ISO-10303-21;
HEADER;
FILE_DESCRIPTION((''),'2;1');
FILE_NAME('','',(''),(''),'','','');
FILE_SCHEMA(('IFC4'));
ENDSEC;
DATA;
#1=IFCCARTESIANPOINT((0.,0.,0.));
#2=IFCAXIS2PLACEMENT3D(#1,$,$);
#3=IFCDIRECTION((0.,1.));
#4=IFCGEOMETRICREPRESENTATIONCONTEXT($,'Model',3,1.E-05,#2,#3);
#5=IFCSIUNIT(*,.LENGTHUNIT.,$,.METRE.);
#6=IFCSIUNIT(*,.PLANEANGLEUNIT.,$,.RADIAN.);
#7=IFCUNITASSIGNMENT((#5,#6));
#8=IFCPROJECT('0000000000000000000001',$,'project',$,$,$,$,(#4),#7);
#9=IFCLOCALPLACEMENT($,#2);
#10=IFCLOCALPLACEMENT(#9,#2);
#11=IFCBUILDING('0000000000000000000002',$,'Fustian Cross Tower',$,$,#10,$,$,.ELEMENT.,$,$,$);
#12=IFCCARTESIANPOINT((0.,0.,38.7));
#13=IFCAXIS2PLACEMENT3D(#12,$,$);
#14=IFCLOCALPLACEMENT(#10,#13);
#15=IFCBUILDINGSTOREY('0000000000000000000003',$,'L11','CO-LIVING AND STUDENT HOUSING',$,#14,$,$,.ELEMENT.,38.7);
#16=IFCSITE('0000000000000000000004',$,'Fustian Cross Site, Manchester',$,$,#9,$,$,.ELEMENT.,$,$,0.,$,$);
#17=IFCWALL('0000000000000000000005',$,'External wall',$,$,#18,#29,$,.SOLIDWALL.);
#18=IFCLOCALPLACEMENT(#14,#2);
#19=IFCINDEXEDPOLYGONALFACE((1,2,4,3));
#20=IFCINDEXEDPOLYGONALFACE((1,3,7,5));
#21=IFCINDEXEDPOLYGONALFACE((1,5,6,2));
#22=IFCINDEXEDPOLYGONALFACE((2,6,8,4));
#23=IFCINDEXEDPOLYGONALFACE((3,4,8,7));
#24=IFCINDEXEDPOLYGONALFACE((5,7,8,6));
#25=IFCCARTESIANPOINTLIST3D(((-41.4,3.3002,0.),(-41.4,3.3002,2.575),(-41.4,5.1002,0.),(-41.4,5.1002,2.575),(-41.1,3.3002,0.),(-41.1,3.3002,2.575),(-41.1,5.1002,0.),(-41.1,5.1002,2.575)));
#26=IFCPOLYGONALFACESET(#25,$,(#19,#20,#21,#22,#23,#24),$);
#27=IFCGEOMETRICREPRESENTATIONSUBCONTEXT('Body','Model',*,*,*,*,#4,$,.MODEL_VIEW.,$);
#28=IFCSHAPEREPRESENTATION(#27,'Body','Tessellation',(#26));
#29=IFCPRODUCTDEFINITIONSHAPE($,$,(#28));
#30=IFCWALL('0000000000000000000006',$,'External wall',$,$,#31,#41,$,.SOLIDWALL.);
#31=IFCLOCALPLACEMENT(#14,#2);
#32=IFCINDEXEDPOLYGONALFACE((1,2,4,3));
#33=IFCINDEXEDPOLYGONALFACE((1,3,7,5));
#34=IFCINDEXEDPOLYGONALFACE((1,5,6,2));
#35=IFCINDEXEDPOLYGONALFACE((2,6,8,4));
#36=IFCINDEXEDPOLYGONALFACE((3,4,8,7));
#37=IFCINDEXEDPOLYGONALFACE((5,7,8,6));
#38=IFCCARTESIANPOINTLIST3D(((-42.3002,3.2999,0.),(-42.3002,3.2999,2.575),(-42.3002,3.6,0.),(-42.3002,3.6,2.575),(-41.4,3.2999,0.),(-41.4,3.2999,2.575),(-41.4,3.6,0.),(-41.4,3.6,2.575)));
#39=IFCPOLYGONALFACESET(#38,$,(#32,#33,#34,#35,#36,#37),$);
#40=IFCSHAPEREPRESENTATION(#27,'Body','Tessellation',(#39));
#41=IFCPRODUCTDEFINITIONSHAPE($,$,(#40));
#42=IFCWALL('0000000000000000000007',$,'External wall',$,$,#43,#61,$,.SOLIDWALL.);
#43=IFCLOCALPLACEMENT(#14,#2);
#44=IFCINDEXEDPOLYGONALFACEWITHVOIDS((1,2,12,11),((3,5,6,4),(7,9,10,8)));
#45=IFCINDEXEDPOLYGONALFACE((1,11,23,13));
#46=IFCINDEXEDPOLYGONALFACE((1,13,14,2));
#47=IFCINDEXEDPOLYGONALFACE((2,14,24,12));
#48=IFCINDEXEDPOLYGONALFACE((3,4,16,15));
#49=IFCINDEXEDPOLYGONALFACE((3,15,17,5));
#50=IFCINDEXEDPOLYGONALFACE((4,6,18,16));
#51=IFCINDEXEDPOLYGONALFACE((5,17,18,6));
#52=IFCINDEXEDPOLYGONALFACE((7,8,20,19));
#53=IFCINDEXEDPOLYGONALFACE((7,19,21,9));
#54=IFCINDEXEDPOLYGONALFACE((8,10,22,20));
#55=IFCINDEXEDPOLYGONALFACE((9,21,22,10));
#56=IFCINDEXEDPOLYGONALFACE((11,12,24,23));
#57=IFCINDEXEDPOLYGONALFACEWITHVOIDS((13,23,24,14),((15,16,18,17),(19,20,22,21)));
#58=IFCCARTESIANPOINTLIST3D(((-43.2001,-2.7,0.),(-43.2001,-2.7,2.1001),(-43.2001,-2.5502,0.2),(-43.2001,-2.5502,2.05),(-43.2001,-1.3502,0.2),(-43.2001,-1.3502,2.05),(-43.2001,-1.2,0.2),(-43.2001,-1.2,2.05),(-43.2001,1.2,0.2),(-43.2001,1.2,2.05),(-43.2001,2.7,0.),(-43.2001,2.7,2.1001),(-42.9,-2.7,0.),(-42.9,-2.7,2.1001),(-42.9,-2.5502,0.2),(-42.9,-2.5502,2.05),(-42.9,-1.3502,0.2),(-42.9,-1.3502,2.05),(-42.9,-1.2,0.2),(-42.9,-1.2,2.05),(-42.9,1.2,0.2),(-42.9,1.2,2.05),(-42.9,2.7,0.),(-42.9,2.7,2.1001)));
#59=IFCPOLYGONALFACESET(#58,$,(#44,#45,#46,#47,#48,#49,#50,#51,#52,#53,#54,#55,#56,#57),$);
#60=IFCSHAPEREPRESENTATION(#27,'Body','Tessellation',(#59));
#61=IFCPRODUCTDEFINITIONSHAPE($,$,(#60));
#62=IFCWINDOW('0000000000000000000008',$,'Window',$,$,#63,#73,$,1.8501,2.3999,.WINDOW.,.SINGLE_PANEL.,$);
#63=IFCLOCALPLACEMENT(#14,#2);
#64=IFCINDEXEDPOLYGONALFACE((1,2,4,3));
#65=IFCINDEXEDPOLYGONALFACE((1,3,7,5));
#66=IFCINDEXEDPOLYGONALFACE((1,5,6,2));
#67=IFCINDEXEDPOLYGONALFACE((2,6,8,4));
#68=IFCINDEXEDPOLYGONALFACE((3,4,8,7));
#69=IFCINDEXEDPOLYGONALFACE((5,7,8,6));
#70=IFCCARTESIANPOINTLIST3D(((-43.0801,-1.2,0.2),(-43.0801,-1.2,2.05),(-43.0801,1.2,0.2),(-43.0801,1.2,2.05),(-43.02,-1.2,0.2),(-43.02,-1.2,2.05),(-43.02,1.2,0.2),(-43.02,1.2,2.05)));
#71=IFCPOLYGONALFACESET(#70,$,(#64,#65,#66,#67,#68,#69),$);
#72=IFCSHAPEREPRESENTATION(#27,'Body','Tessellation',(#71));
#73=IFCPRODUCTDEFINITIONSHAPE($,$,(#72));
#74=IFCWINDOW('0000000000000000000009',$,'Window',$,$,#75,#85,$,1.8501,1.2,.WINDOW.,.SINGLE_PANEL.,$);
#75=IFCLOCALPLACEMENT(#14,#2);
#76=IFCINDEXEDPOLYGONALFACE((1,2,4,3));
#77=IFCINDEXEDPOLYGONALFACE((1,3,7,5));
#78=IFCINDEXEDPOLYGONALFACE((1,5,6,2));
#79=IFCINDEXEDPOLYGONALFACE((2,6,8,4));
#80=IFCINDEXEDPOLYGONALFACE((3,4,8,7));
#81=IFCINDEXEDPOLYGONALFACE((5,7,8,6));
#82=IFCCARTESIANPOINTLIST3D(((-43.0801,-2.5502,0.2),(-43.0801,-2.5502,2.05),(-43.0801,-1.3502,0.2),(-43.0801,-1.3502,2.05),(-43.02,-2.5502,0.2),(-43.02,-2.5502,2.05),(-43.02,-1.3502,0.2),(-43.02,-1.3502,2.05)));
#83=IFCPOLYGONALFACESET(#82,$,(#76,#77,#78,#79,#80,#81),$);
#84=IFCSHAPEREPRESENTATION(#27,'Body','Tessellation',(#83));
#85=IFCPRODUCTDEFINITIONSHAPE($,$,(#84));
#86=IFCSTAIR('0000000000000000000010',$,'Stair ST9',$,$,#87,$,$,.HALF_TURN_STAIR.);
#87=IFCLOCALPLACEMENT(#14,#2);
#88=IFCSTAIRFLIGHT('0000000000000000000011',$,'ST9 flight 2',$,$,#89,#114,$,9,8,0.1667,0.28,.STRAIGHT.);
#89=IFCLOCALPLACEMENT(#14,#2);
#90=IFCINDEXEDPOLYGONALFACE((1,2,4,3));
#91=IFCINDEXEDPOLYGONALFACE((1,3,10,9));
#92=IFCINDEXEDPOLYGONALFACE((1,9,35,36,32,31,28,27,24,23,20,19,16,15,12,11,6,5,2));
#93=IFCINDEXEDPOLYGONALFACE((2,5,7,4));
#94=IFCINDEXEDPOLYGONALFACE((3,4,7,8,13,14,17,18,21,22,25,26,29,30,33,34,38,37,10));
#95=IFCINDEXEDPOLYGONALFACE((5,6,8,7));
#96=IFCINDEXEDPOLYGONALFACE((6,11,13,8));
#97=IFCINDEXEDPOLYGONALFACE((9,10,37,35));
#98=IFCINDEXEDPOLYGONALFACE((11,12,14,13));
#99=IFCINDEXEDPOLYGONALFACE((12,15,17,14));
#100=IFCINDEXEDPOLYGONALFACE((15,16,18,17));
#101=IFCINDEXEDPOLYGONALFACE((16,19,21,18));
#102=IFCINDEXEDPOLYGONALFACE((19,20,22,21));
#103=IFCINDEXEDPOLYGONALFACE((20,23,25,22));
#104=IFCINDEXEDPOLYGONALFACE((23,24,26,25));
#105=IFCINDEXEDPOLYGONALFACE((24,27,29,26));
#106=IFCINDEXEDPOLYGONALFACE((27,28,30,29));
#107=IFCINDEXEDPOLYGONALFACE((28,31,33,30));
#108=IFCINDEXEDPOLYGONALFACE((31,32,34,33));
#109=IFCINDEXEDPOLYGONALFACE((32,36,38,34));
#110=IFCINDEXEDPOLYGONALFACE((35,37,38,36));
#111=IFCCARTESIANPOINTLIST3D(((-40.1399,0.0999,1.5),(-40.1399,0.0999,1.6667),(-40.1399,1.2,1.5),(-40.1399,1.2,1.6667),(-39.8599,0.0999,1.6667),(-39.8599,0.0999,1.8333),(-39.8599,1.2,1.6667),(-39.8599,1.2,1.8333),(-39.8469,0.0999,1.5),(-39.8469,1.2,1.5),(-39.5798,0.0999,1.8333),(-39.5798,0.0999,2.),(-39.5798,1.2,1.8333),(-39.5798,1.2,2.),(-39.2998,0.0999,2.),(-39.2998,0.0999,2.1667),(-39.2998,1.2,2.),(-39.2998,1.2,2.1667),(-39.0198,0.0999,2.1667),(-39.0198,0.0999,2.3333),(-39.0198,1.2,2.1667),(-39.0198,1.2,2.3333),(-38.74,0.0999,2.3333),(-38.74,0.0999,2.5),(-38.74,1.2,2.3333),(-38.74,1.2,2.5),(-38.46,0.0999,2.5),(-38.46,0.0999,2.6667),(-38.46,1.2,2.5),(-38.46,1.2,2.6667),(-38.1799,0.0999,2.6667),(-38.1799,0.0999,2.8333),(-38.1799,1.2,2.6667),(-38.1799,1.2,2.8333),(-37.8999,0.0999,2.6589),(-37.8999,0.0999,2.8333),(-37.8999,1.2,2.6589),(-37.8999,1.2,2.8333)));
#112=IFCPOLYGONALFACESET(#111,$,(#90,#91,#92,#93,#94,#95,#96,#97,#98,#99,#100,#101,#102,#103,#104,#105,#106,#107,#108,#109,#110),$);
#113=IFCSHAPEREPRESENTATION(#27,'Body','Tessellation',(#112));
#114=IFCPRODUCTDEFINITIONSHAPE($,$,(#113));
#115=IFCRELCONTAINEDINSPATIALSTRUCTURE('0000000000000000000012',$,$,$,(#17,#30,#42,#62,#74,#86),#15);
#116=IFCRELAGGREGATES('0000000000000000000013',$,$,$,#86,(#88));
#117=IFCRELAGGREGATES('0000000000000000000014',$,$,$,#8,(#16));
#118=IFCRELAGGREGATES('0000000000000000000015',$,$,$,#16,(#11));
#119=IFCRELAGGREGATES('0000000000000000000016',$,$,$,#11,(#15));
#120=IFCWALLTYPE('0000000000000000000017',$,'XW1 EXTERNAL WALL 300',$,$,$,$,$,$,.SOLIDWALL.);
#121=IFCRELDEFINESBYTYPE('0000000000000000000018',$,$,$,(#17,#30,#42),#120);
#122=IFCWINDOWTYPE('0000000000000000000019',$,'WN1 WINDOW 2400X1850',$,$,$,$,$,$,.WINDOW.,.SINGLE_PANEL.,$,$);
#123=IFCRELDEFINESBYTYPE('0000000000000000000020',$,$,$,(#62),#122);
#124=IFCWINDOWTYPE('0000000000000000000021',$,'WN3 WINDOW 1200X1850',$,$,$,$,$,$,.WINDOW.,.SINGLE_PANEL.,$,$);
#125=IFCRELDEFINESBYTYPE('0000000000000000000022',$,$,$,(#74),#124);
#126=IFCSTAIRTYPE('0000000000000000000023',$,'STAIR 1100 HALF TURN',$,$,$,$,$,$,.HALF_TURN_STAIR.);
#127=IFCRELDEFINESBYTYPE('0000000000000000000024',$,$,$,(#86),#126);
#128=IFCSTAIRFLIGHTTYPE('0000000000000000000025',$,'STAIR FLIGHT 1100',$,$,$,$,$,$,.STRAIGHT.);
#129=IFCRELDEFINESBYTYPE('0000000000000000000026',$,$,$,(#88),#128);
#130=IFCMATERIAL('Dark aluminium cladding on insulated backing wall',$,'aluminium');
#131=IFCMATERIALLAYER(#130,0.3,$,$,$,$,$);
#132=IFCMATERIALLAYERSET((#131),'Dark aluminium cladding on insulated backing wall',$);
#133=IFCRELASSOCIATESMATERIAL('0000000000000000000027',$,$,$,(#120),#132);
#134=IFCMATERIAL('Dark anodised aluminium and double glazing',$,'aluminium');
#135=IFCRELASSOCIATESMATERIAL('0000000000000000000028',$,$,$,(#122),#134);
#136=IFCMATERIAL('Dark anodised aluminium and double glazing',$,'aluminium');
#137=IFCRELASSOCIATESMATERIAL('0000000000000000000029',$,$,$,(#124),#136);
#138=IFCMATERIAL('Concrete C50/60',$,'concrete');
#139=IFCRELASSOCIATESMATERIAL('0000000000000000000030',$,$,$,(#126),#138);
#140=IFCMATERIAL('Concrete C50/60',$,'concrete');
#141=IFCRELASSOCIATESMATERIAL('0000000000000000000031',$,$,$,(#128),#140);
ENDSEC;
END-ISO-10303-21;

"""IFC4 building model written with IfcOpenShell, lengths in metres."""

from ifc_helpers import new_model, si_unit, direction, frame, frame_2d, origin, place, context, subcontext, project, spatial, polyline, rectangle, outline, extrude, material, layer, layer_set, type_object, element, fill, aggregate, save


model = new_model("IFC4")

# Units and contexts
model_context = context("Model", 3, precision=1e-05, world=origin(), true_north=direction((0.0, 1.0)))
body_context = subcontext(model_context, "Body", "Model", "MODEL_VIEW")
ifc_project = project(units=[si_unit("LENGTHUNIT", "METRE"), si_unit("PLANEANGLEUNIT", "RADIAN")], contexts=[model_context])

# Site, building, storey
site_placement = place(None, origin())
site = spatial("IfcSite", under=ifc_project, at=site_placement, Name="Fustian Cross Site, Manchester", CompositionType="ELEMENT", RefElevation=0.0)
building_placement = place(site_placement, origin())
building = spatial("IfcBuilding", under=site, at=building_placement, Name="Fustian Cross Tower", CompositionType="ELEMENT")
storey_placement = place(building_placement, frame((0.0, 0.0, 38.7)))
storey = spatial("IfcBuildingStorey", under=building, at=storey_placement, Name="L11", Description="CO-LIVING AND STUDENT HOUSING", CompositionType="ELEMENT", Elevation=38.7)

# Walls
ifc_material_1 = material(Name="Dark aluminium cladding on insulated backing wall", Category="aluminium")
ifc_layer_1 = layer(ifc_material_1, 0.3)
ifc_layer_set_1 = layer_set([ifc_layer_1], Name="Dark aluminium cladding on insulated backing wall")
wall_type_1 = type_object("IfcWallType", Name="XW1 EXTERNAL WALL 300", PredefinedType="SOLIDWALL", material=ifc_layer_set_1)
wall_1_placement = place(storey_placement, frame((-41.25, 5.1001, 0.0), z_axis=(0.0, 0.0, 1.0), x_axis=(0.0, -1.0, 0.0)))
element("IfcWall", 1, at=wall_1_placement, inside=storey, type_object=wall_type_1, Name="External wall", PredefinedType="SOLIDWALL", context=body_context, shape_type="SweptSolid", body=[
    extrude(rectangle(XDim=1.8, YDim=0.3, at=frame_2d((0.8999, 0.0))), origin(), (0.0, 0.0, 1.0), 2.575),
])
wall_2_placement = place(storey_placement, frame((-41.3999, 3.45, 0.0), z_axis=(0.0, 0.0, 1.0), x_axis=(-1.0, 0.0, 0.0)))
element("IfcWall", 2, at=wall_2_placement, inside=storey, type_object=wall_type_1, Name="External wall", PredefinedType="SOLIDWALL", context=body_context, shape_type="SweptSolid", body=[
    extrude(rectangle(XDim=0.9001, YDim=0.3, at=frame_2d((0.4502, 0.0))), origin(), (0.0, 0.0, 1.0), 2.575),
])

# Wall, openings, windows
wall_3_placement = place(storey_placement, frame((-43.05, 2.7, 0.0), z_axis=(0.0, 0.0, 1.0), x_axis=(0.0, -1.0, 0.0)))
wall_3 = element("IfcWall", 3, at=wall_3_placement, inside=storey, type_object=wall_type_1, Name="External wall", PredefinedType="SOLIDWALL", context=body_context, shape_type="SweptSolid", body=[
    extrude(rectangle(XDim=5.3999, YDim=0.3, at=frame_2d((2.7, 0.0))), origin(), (0.0, 0.0, 1.0), 2.1001),
])
opening_1_placement = place(wall_3_placement, frame((1.5, 0.0, 0.2)))
opening_1 = element("IfcOpeningElement", 4, at=opening_1_placement, cuts=wall_3, PredefinedType="OPENING", context=body_context, shape_type="SweptSolid", body=[
    extrude(rectangle(XDim=2.3999, YDim=1.8501, at=frame_2d((1.2, 0.925))), frame((0.0, 0.1599, 0.0), z_axis=(0.0, -1.0, 0.0), x_axis=(1.0, 0.0, 0.0)), (0.0, 0.0, 1.0), 0.3201),
])
opening_2_placement = place(wall_3_placement, frame((4.05, 0.0, 0.2)))
opening_2 = element("IfcOpeningElement", 5, at=opening_2_placement, cuts=wall_3, PredefinedType="OPENING", context=body_context, shape_type="SweptSolid", body=[
    extrude(rectangle(XDim=1.2, YDim=1.8501, at=frame_2d((0.6001, 0.925))), frame((0.0, 0.1599, 0.0), z_axis=(0.0, -1.0, 0.0), x_axis=(1.0, 0.0, 0.0)), (0.0, 0.0, 1.0), 0.3201),
])
ifc_material_2 = material(Name="Dark anodised aluminium and double glazing", Category="aluminium")
window_type_1 = type_object("IfcWindowType", Name="WN1 WINDOW 2400X1850", PartitioningType="SINGLE_PANEL", PredefinedType="WINDOW", material=ifc_material_2)
window_1_placement = place(opening_1_placement, origin())
window_1 = element("IfcWindow", 6, at=window_1_placement, inside=storey, type_object=window_type_1, Name="Window", OverallHeight=1.8501, OverallWidth=2.3999, PartitioningType="SINGLE_PANEL", PredefinedType="WINDOW", context=body_context, shape_type="SweptSolid", body=[
    extrude(rectangle(XDim=2.3999, YDim=1.8501, at=frame_2d((1.2, 0.925))), frame((0.0, 0.03, 0.0), z_axis=(0.0, -1.0, 0.0), x_axis=(1.0, 0.0, 0.0)), (0.0, 0.0, 1.0), 0.0601),
])
fill(opening_1, window_1)
ifc_material_3 = material(Name="Dark anodised aluminium and double glazing", Category="aluminium")
window_type_2 = type_object("IfcWindowType", Name="WN3 WINDOW 1200X1850", PartitioningType="SINGLE_PANEL", PredefinedType="WINDOW", material=ifc_material_3)
window_2_placement = place(opening_2_placement, origin())
window_2 = element("IfcWindow", 7, at=window_2_placement, inside=storey, type_object=window_type_2, Name="Window", OverallHeight=1.8501, OverallWidth=1.2, PartitioningType="SINGLE_PANEL", PredefinedType="WINDOW", context=body_context, shape_type="SweptSolid", body=[
    extrude(rectangle(XDim=1.2, YDim=1.8501, at=frame_2d((0.6001, 0.925))), frame((0.0, 0.03, 0.0), z_axis=(0.0, -1.0, 0.0), x_axis=(1.0, 0.0, 0.0)), (0.0, 0.0, 1.0), 0.0601),
])
fill(opening_2, window_2)

# Stair, stair flight
ifc_material_4 = material(Name="Concrete C50/60", Category="concrete")
stair_type = type_object("IfcStairType", Name="STAIR 1100 HALF TURN", PredefinedType="HALF_TURN_STAIR", material=ifc_material_4)
stair_placement = place(storey_placement, origin())
stair = element("IfcStair", 8, at=stair_placement, inside=storey, type_object=stair_type, Name="Stair ST9", PredefinedType="HALF_TURN_STAIR")
ifc_material_5 = material(Name="Concrete C50/60", Category="concrete")
stair_flight_type = type_object("IfcStairFlightType", Name="STAIR FLIGHT 1100", PredefinedType="STRAIGHT", material=ifc_material_5)
stair_flight_placement = place(storey_placement, frame((-40.1399, 0.6499, 1.5), z_axis=(0.0, 0.0, 1.0), x_axis=(1.0, 0.0, 0.0)))
stair_flight = element("IfcStairFlight", 9, at=stair_flight_placement, type_object=stair_flight_type, Name="ST9 flight 2", NumberOfRisers=9, NumberOfTreads=8, PredefinedType="STRAIGHT", RiserHeight=0.1667, TreadLength=0.28, context=body_context, shape_type="SweptSolid", body=[
    extrude(outline(polyline([(0.0, 0.0), (0.0, 0.1667), (0.28, 0.1667), (0.28, 0.3333), (0.5601, 0.3333), (0.5601, 0.5), (0.8401, 0.5), (0.8401, 0.6667), (1.1201, 0.6667), (1.1201, 0.8333), (1.3999, 0.8333), (1.3999, 1.0), (1.6799, 1.0), (1.6799, 1.1667), (1.96, 1.1667), (1.96, 1.3333), (2.24, 1.3333), (2.24, 1.5), (2.24, 1.1589), (0.293, 0.0), (0.0, 0.0)])), frame((0.0, 0.55, 0.0), z_axis=(0.0, -1.0, 0.0), x_axis=(1.0, 0.0, 0.0)), (0.0, 0.0, 1.0), 1.1001),
])
aggregate(stair, [stair_flight])

save(model, "model.ifc")
